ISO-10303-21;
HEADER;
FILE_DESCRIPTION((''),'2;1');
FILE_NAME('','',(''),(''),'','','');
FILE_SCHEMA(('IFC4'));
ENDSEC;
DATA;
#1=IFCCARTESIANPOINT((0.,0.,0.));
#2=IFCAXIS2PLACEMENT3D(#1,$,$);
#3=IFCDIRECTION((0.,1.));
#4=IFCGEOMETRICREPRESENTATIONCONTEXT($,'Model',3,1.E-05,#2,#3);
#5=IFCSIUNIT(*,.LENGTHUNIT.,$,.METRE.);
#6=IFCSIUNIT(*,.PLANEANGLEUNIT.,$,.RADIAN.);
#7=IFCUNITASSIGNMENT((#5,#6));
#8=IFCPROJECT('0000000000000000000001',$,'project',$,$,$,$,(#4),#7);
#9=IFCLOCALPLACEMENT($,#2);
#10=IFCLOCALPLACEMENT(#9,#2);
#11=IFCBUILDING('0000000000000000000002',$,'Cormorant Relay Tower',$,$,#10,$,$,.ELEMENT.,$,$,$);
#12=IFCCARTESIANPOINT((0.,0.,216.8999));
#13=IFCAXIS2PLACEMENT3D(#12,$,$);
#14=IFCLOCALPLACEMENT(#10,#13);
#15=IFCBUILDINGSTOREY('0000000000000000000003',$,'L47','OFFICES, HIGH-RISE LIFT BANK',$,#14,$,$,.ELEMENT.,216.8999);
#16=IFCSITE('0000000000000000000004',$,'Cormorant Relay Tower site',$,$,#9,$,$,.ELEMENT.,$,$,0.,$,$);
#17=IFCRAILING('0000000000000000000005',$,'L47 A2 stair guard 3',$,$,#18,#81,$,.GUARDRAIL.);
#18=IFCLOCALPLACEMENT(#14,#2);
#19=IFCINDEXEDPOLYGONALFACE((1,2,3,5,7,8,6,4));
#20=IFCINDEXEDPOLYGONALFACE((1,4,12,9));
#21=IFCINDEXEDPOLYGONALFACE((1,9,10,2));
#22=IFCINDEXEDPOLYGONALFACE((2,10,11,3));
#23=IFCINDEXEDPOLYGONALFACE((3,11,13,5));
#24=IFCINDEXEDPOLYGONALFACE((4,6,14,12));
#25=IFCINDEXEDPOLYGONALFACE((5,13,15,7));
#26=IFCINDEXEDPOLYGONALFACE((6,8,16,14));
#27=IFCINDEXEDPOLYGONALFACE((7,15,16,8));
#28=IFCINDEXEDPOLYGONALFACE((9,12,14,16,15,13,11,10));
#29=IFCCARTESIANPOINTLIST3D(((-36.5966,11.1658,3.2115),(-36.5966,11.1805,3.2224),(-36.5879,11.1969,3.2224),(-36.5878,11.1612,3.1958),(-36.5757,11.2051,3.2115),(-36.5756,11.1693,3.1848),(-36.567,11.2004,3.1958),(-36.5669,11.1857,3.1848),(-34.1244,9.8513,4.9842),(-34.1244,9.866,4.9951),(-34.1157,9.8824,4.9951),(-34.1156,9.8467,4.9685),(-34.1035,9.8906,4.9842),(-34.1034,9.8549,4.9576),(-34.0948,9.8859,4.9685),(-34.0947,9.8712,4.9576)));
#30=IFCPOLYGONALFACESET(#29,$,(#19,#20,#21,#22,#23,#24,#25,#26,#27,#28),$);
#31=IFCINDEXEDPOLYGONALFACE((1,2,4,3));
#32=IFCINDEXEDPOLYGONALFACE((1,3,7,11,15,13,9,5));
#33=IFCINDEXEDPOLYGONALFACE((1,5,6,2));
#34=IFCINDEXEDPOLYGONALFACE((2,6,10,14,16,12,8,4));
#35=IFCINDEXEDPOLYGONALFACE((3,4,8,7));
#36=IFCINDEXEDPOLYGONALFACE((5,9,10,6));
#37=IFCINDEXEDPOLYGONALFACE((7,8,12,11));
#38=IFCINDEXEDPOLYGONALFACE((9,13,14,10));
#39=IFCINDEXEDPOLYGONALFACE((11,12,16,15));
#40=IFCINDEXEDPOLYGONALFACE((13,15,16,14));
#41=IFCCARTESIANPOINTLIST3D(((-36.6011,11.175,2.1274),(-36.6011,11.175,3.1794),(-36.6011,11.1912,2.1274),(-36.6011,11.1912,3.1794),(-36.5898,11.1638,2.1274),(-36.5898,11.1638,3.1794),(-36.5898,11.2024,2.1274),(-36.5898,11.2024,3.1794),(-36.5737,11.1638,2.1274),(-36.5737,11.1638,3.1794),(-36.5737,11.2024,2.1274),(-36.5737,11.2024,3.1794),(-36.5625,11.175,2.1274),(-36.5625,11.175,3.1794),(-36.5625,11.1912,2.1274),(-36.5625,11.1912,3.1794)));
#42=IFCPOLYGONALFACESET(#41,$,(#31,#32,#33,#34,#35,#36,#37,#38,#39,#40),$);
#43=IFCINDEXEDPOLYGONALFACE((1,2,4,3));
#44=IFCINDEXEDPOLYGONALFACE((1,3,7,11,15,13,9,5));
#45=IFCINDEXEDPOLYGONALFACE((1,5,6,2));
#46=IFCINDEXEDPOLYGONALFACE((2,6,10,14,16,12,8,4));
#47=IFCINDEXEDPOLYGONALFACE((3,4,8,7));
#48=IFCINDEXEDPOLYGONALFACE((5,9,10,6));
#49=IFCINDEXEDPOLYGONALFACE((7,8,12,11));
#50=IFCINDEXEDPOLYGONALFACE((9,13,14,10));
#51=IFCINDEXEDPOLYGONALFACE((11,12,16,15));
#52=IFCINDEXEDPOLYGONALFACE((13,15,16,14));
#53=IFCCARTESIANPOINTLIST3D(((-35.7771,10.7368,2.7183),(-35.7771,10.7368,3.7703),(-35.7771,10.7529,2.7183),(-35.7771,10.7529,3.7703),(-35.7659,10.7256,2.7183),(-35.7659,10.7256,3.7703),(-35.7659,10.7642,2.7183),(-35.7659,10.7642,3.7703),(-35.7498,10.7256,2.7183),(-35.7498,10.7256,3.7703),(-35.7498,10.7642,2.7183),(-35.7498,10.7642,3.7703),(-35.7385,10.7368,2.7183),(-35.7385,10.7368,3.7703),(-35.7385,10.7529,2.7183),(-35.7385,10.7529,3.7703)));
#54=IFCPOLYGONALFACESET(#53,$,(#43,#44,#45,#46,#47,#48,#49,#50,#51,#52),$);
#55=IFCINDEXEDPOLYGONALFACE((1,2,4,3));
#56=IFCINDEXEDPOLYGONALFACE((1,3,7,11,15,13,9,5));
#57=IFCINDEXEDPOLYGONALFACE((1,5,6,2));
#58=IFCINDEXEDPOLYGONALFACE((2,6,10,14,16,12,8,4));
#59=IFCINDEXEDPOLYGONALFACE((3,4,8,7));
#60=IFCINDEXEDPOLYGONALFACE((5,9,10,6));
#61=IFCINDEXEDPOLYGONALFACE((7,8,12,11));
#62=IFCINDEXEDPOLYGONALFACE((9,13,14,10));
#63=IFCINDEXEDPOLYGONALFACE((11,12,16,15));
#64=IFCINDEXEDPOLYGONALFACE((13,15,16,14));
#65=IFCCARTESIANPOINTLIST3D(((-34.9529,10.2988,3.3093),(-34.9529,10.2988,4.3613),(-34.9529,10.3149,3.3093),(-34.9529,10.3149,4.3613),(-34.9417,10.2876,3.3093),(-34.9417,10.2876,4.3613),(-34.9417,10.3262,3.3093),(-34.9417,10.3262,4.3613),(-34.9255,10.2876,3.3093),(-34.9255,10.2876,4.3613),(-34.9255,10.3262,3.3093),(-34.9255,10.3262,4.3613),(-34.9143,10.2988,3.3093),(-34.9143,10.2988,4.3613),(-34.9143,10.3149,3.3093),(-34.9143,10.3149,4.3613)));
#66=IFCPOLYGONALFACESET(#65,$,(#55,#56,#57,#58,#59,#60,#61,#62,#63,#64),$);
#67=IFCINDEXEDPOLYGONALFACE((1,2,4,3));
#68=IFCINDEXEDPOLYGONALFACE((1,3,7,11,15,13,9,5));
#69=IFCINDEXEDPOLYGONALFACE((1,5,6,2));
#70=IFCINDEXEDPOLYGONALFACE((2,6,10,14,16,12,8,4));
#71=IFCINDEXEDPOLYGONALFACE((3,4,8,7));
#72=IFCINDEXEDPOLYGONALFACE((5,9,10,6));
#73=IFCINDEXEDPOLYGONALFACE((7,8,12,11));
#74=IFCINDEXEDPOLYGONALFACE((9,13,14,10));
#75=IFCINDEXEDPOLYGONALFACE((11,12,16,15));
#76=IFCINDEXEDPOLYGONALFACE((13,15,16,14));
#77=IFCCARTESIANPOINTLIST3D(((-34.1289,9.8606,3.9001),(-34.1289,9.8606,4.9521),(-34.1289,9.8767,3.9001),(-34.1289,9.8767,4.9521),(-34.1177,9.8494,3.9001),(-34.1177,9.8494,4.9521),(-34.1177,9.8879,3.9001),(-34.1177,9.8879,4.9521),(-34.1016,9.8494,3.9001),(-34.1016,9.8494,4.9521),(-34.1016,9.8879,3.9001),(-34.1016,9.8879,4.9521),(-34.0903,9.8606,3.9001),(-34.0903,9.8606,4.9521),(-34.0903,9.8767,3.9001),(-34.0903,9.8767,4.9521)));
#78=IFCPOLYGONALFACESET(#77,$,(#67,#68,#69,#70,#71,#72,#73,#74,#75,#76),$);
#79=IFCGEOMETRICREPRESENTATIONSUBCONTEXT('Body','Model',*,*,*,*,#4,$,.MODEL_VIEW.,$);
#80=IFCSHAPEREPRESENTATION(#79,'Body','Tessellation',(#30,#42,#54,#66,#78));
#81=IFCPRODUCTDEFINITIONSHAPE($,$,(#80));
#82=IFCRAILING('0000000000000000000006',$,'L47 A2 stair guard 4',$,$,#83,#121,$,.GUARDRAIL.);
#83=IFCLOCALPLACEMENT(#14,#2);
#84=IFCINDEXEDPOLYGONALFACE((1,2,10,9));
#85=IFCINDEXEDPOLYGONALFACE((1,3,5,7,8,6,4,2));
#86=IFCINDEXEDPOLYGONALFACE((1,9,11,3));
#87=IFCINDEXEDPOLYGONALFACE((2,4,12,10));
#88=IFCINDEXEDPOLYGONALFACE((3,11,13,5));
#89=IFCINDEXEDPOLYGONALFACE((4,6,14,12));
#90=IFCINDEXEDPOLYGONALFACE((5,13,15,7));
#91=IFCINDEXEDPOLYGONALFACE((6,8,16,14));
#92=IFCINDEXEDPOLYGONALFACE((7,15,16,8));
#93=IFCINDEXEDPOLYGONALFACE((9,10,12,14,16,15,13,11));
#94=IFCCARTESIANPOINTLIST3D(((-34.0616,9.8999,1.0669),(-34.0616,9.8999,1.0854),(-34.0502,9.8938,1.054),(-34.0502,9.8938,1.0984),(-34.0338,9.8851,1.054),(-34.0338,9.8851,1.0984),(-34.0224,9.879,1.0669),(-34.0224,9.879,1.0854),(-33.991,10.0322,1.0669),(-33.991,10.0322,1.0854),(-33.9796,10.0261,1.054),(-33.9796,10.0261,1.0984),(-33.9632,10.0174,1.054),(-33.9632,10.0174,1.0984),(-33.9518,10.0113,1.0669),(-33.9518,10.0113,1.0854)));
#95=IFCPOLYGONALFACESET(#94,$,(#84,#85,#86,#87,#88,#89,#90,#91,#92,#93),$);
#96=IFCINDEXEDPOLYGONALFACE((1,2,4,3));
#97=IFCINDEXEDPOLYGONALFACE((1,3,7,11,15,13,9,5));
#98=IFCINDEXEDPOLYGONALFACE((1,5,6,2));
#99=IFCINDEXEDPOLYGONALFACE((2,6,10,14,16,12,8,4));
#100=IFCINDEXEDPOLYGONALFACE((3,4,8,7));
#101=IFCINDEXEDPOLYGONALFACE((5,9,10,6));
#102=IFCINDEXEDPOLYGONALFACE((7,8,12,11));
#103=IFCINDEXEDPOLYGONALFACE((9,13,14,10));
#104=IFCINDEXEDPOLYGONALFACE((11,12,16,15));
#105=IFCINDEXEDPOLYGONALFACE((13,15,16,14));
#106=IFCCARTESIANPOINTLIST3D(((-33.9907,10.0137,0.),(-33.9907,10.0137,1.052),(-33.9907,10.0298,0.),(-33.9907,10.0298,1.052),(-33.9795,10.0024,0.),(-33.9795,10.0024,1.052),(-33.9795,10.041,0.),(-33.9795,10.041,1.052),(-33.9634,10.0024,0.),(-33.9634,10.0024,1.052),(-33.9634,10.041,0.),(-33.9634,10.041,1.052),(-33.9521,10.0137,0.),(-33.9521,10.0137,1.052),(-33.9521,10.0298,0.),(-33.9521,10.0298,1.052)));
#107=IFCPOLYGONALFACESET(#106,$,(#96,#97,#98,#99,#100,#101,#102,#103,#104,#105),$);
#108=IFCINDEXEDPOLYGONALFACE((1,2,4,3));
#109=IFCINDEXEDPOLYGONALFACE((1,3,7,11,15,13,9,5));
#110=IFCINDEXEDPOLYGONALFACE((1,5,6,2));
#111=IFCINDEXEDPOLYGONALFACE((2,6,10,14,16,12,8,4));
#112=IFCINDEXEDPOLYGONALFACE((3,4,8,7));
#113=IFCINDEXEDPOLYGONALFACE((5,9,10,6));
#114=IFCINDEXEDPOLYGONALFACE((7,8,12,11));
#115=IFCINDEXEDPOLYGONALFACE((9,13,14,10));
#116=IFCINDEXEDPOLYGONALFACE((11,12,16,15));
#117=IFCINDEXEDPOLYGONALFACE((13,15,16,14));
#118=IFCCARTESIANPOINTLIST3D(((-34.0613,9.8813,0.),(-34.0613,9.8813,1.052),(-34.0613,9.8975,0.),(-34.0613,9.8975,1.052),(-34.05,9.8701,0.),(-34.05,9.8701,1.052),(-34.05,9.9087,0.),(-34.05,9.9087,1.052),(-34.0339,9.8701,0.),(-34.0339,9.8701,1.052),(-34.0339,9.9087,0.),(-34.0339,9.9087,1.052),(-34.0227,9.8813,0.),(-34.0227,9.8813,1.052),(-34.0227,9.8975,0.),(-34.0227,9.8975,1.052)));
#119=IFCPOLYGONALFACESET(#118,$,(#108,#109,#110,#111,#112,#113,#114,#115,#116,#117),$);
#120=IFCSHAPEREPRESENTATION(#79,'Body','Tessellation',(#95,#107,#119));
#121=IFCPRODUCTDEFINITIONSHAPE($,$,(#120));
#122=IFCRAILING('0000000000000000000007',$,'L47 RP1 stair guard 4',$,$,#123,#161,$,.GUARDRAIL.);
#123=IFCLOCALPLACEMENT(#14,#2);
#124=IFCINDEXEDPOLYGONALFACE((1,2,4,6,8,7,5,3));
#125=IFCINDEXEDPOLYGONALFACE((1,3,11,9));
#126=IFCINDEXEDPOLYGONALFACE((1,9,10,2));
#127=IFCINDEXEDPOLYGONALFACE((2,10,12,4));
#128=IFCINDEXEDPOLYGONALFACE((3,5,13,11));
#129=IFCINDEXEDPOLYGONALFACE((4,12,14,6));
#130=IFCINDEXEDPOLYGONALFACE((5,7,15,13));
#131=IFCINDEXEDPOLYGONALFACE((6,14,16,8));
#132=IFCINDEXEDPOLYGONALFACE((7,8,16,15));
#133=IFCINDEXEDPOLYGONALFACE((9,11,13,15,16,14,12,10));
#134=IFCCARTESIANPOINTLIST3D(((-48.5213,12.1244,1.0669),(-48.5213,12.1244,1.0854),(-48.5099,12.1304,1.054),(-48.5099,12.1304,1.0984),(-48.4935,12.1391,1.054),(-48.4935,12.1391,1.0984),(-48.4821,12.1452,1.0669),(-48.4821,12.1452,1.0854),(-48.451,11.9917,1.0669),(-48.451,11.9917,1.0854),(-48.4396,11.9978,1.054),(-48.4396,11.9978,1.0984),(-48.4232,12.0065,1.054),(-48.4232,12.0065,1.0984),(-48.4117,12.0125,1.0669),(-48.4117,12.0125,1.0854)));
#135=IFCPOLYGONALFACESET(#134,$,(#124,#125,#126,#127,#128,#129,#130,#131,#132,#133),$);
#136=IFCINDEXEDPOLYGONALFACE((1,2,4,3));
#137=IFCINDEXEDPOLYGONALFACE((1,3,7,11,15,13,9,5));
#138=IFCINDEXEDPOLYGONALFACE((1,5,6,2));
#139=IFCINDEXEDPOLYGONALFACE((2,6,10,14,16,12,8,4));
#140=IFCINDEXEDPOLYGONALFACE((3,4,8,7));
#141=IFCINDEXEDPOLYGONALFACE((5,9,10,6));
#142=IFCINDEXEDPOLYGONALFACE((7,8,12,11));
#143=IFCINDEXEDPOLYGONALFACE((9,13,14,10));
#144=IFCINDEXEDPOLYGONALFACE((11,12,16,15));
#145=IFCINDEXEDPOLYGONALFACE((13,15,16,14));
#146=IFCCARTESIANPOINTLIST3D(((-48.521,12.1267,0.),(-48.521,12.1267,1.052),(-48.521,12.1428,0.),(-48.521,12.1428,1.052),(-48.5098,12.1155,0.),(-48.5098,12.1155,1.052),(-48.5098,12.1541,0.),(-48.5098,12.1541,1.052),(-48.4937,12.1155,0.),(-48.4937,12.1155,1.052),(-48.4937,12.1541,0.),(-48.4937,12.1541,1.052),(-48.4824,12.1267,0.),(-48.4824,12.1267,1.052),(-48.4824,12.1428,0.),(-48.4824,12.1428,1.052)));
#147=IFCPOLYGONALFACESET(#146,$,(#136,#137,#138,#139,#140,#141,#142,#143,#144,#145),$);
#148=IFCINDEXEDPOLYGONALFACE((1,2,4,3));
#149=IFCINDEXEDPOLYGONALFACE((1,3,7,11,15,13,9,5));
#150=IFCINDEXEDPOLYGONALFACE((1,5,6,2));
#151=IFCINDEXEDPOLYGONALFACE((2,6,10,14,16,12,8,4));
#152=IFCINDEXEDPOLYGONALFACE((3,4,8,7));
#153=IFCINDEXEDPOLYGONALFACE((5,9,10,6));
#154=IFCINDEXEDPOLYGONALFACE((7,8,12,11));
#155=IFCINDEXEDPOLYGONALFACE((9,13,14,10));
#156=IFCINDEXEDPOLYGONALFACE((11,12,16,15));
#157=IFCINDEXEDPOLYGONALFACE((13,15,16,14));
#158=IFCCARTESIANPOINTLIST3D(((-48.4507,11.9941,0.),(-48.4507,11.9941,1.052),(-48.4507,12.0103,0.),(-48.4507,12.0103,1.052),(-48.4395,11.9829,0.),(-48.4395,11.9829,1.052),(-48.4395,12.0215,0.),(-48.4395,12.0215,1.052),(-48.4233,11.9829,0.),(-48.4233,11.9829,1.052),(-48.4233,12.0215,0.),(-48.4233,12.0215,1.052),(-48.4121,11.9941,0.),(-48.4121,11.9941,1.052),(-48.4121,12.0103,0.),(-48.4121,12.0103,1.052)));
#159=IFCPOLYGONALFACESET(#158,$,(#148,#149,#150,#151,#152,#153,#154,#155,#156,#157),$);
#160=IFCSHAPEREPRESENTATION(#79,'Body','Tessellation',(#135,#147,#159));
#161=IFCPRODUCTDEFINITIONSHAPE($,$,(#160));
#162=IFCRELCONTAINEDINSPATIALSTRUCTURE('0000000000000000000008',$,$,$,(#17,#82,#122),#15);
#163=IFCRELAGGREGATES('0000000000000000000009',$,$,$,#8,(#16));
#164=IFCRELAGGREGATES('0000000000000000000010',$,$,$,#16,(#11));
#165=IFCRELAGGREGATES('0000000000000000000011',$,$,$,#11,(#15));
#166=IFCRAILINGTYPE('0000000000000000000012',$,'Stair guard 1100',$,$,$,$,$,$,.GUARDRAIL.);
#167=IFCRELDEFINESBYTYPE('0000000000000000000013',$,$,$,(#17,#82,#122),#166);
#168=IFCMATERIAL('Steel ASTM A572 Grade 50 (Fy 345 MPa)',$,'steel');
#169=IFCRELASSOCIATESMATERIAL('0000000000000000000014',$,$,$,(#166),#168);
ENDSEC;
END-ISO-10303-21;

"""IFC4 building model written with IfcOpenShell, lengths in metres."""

from ifc_helpers import new_model, si_unit, direction, frame, origin, place, context, subcontext, project, spatial, polyline, outline, extrude, material, type_object, element, save


model = new_model("IFC4")

# Units and contexts
model_context = context("Model", 3, precision=1e-05, world=origin(), true_north=direction((0.0, 1.0)))
body_context = subcontext(model_context, "Body", "Model", "MODEL_VIEW")
ifc_project = project(units=[si_unit("LENGTHUNIT", "METRE"), si_unit("PLANEANGLEUNIT", "RADIAN")], contexts=[model_context])

# Site, building, storey
site_placement = place(None, origin())
site = spatial("IfcSite", under=ifc_project, at=site_placement, Name="Cormorant Relay Tower site", CompositionType="ELEMENT", RefElevation=0.0)
building_placement = place(site_placement, origin())
building = spatial("IfcBuilding", under=site, at=building_placement, Name="Cormorant Relay Tower", CompositionType="ELEMENT")
storey_placement = place(building_placement, frame((0.0, 0.0, 216.8999)))
storey = spatial("IfcBuildingStorey", under=building, at=storey_placement, Name="L47", Description="OFFICES, HIGH-RISE LIFT BANK", CompositionType="ELEMENT", Elevation=216.8999)

# Railings
ifc_material_1 = material(Name="Steel ASTM A572 Grade 50 (Fy 345 MPa)", Category="steel")
railing_type_1 = type_object("IfcRailingType", Name="Stair guard 1100", PredefinedType="GUARDRAIL", material=ifc_material_1)
railing_1_placement = place(storey_placement, frame((-36.5818, 11.1831, 2.1274)))
element("IfcRailing", 1, at=railing_1_placement, inside=storey, type_object=railing_type_1, Name="L47 A2 stair guard 3", PredefinedType="GUARDRAIL", context=body_context, shape_type="SweptSolid", body=[
    extrude(outline(polyline([(0.0222, 0.0093), (0.0093, 0.0222), (-0.0093, 0.0222), (-0.0222, 0.0093), (-0.0222, -0.0093), (-0.0093, -0.0222), (0.0093, -0.0222), (0.0222, -0.0093), (0.0222, 0.0093)])), frame((0.0, 0.0, 1.0762), z_axis=(0.746001, -0.396649, 0.534931), x_axis=(0.469465, 0.882951, 0.0)), (0.0, 0.0, 1.0), 3.314),
    extrude(outline(polyline([(0.0193, 0.0081), (0.0081, 0.0193), (-0.0081, 0.0193), (-0.0193, 0.0081), (-0.0193, -0.0081), (-0.0081, -0.0193), (0.0081, -0.0193), (0.0193, -0.0081), (0.0193, 0.0081)])), origin(), (0.0, 0.0, 1.0), 1.052),
    extrude(outline(polyline([(0.0193, 0.0081), (0.0081, 0.0193), (-0.0081, 0.0193), (-0.0193, 0.0081), (-0.0193, -0.0081), (-0.0081, -0.0193), (0.0081, -0.0193), (0.0193, -0.0081), (0.0193, 0.0081)])), frame((0.824, -0.4382, 0.5908)), (0.0, 0.0, 1.0), 1.052),
    extrude(outline(polyline([(0.0193, 0.0081), (0.0081, 0.0193), (-0.0081, 0.0193), (-0.0193, 0.0081), (-0.0193, -0.0081), (-0.0081, -0.0193), (0.0081, -0.0193), (0.0193, -0.0081), (0.0193, 0.0081)])), frame((1.6482, -0.8762, 1.1819)), (0.0, 0.0, 1.0), 1.052),
    extrude(outline(polyline([(0.0193, 0.0081), (0.0081, 0.0193), (-0.0081, 0.0193), (-0.0193, 0.0081), (-0.0193, -0.0081), (-0.0081, -0.0193), (0.0081, -0.0193), (0.0193, -0.0081), (0.0193, 0.0081)])), frame((2.4722, -1.3145, 1.7727)), (0.0, 0.0, 1.0), 1.052),
])
railing_2_placement = place(storey_placement, frame((-33.9714, 10.0217, 0.0)))
element("IfcRailing", 2, at=railing_2_placement, inside=storey, type_object=railing_type_1, Name="L47 A2 stair guard 4", PredefinedType="GUARDRAIL", context=body_context, shape_type="SweptSolid", body=[
    extrude(outline(polyline([(0.0222, 0.0093), (0.0093, 0.0222), (-0.0093, 0.0222), (-0.0222, 0.0093), (-0.0222, -0.0093), (-0.0093, -0.0222), (0.0093, -0.0222), (0.0222, -0.0093), (0.0222, 0.0093)])), frame((0.0, 0.0, 1.0762), z_axis=(-0.470504, -0.882398, 0.0), x_axis=(0.882398, -0.470504, 0.0)), (0.0, 0.0, 1.0), 0.1499),
    extrude(outline(polyline([(0.0193, 0.0081), (0.0081, 0.0193), (-0.0081, 0.0193), (-0.0193, 0.0081), (-0.0193, -0.0081), (-0.0081, -0.0193), (0.0081, -0.0193), (0.0193, -0.0081), (0.0193, 0.0081)])), origin(), (0.0, 0.0, 1.0), 1.052),
    extrude(outline(polyline([(0.0193, 0.0081), (0.0081, 0.0193), (-0.0081, 0.0193), (-0.0193, 0.0081), (-0.0193, -0.0081), (-0.0081, -0.0193), (0.0081, -0.0193), (0.0193, -0.0081), (0.0193, 0.0081)])), frame((-0.0706, -0.1323, 0.0)), (0.0, 0.0, 1.0), 1.052),
])
railing_3_placement = place(storey_placement, frame((-48.5017, 12.1348, 0.0)))
element("IfcRailing", 3, at=railing_3_placement, inside=storey, type_object=railing_type_1, Name="L47 RP1 stair guard 4", PredefinedType="GUARDRAIL", context=body_context, shape_type="SweptSolid", body=[
    extrude(outline(polyline([(0.0222, 0.0093), (0.0093, 0.0222), (-0.0093, 0.0222), (-0.0222, 0.0093), (-0.0222, -0.0093), (-0.0093, -0.0222), (0.0093, -0.0222), (0.0222, -0.0093), (0.0222, 0.0093)])), frame((0.0, 0.0, 1.0762), z_axis=(0.46856, -0.883431, 0.0), x_axis=(0.883431, 0.46856, 0.0)), (0.0, 0.0, 1.0), 0.1501),
    extrude(outline(polyline([(0.0193, 0.0081), (0.0081, 0.0193), (-0.0081, 0.0193), (-0.0193, 0.0081), (-0.0193, -0.0081), (-0.0081, -0.0193), (0.0081, -0.0193), (0.0193, -0.0081), (0.0193, 0.0081)])), origin(), (0.0, 0.0, 1.0), 1.052),
    extrude(outline(polyline([(0.0193, 0.0081), (0.0081, 0.0193), (-0.0081, 0.0193), (-0.0193, 0.0081), (-0.0193, -0.0081), (-0.0081, -0.0193), (0.0081, -0.0193), (0.0193, -0.0081), (0.0193, 0.0081)])), frame((0.0703, -0.1326, 0.0)), (0.0, 0.0, 1.0), 1.052),
])

save(model, "model.ifc")
